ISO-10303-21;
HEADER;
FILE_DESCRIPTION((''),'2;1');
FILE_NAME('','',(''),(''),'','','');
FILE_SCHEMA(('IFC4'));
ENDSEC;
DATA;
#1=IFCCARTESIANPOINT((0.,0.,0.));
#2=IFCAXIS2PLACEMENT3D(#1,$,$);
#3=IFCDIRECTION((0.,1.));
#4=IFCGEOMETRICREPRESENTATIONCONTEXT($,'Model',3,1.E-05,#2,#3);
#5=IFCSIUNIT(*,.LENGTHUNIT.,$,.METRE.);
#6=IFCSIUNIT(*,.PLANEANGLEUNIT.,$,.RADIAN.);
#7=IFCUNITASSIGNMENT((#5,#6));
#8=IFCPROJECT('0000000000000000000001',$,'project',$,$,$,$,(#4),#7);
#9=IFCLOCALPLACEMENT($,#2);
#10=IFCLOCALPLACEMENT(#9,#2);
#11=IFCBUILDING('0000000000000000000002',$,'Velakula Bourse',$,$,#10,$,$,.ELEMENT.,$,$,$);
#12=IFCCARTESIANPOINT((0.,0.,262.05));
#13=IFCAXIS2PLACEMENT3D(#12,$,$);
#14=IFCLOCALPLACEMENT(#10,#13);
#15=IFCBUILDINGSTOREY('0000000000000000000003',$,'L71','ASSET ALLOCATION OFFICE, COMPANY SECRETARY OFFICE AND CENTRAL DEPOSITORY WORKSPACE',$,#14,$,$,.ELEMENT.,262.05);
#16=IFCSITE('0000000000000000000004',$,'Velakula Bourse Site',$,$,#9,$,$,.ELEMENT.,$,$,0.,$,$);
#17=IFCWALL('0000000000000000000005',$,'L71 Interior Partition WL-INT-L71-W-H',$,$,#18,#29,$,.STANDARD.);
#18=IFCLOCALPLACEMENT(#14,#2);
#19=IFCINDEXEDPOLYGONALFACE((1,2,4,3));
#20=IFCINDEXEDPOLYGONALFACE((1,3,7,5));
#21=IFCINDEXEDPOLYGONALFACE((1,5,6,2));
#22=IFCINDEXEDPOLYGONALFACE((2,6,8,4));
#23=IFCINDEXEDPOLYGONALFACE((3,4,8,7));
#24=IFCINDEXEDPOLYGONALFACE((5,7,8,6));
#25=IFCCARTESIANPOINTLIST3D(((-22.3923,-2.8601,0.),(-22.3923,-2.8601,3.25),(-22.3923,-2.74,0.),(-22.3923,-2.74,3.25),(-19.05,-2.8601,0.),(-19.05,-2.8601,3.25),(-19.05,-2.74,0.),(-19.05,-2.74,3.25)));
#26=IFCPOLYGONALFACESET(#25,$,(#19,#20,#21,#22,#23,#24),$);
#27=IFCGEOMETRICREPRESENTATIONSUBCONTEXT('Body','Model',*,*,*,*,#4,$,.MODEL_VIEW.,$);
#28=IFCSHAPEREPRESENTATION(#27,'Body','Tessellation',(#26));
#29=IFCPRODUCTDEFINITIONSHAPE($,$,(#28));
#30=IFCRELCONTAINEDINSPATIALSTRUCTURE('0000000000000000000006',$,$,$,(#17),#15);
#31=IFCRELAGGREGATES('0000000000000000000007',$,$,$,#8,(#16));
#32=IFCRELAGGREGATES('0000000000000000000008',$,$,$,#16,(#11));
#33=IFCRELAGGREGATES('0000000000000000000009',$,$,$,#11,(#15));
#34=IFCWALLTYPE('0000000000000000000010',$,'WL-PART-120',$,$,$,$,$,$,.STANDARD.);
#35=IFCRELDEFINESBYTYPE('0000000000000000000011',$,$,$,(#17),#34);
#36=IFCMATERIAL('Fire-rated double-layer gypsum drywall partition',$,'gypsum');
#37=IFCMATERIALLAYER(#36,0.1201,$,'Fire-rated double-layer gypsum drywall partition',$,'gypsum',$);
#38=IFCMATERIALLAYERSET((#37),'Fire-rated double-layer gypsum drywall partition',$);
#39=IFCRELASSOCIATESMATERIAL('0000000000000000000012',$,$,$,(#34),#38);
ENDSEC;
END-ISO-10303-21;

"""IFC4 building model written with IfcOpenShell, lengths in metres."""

from ifc_helpers import new_model, si_unit, direction, frame, frame_2d, origin, place, context, subcontext, project, spatial, rectangle, extrude, material, layer, layer_set, type_object, element, save


model = new_model("IFC4")

# Units and contexts
model_context = context("Model", 3, precision=1e-05, world=origin(), true_north=direction((0.0, 1.0)))
body_context = subcontext(model_context, "Body", "Model", "MODEL_VIEW")
ifc_project = project(units=[si_unit("LENGTHUNIT", "METRE"), si_unit("PLANEANGLEUNIT", "RADIAN")], contexts=[model_context])

# Site, building, storey
site_placement = place(None, origin())
site = spatial("IfcSite", under=ifc_project, at=site_placement, Name="Velakula Bourse Site", CompositionType="ELEMENT", RefElevation=0.0)
building_placement = place(site_placement, origin())
building = spatial("IfcBuilding", under=site, at=building_placement, Name="Velakula Bourse", CompositionType="ELEMENT")
storey_placement = place(building_placement, frame((0.0, 0.0, 262.05)))
storey = spatial("IfcBuildingStorey", under=building, at=storey_placement, Name="L71", Description="ASSET ALLOCATION OFFICE, COMPANY SECRETARY OFFICE AND CENTRAL DEPOSITORY WORKSPACE", CompositionType="ELEMENT", Elevation=262.05)

# Wall
ifc_material_1 = material(Name="Fire-rated double-layer gypsum drywall partition", Category="gypsum")
ifc_layer_1 = layer(ifc_material_1, 0.1201, Name="Fire-rated double-layer gypsum drywall partition", Category="gypsum")
ifc_layer_set_1 = layer_set([ifc_layer_1], Name="Fire-rated double-layer gypsum drywall partition")
wall_type_1 = type_object("IfcWallType", Name="WL-PART-120", PredefinedType="STANDARD", material=ifc_layer_set_1)
wall_1_placement = place(storey_placement, frame((-22.3923, -2.8, 0.0), z_axis=(0.0, 0.0, 1.0), x_axis=(1.0, 0.0, 0.0)))
element("IfcWall", 1, at=wall_1_placement, inside=storey, type_object=wall_type_1, Name="L71 Interior Partition WL-INT-L71-W-H", PredefinedType="STANDARD", context=body_context, shape_type="SweptSolid", body=[
    extrude(rectangle(XDim=3.3423, YDim=0.1201, at=frame_2d((1.6711, 0.0))), origin(), (0.0, 0.0, 1.0), 3.25),
])

save(model, "model.ifc")
